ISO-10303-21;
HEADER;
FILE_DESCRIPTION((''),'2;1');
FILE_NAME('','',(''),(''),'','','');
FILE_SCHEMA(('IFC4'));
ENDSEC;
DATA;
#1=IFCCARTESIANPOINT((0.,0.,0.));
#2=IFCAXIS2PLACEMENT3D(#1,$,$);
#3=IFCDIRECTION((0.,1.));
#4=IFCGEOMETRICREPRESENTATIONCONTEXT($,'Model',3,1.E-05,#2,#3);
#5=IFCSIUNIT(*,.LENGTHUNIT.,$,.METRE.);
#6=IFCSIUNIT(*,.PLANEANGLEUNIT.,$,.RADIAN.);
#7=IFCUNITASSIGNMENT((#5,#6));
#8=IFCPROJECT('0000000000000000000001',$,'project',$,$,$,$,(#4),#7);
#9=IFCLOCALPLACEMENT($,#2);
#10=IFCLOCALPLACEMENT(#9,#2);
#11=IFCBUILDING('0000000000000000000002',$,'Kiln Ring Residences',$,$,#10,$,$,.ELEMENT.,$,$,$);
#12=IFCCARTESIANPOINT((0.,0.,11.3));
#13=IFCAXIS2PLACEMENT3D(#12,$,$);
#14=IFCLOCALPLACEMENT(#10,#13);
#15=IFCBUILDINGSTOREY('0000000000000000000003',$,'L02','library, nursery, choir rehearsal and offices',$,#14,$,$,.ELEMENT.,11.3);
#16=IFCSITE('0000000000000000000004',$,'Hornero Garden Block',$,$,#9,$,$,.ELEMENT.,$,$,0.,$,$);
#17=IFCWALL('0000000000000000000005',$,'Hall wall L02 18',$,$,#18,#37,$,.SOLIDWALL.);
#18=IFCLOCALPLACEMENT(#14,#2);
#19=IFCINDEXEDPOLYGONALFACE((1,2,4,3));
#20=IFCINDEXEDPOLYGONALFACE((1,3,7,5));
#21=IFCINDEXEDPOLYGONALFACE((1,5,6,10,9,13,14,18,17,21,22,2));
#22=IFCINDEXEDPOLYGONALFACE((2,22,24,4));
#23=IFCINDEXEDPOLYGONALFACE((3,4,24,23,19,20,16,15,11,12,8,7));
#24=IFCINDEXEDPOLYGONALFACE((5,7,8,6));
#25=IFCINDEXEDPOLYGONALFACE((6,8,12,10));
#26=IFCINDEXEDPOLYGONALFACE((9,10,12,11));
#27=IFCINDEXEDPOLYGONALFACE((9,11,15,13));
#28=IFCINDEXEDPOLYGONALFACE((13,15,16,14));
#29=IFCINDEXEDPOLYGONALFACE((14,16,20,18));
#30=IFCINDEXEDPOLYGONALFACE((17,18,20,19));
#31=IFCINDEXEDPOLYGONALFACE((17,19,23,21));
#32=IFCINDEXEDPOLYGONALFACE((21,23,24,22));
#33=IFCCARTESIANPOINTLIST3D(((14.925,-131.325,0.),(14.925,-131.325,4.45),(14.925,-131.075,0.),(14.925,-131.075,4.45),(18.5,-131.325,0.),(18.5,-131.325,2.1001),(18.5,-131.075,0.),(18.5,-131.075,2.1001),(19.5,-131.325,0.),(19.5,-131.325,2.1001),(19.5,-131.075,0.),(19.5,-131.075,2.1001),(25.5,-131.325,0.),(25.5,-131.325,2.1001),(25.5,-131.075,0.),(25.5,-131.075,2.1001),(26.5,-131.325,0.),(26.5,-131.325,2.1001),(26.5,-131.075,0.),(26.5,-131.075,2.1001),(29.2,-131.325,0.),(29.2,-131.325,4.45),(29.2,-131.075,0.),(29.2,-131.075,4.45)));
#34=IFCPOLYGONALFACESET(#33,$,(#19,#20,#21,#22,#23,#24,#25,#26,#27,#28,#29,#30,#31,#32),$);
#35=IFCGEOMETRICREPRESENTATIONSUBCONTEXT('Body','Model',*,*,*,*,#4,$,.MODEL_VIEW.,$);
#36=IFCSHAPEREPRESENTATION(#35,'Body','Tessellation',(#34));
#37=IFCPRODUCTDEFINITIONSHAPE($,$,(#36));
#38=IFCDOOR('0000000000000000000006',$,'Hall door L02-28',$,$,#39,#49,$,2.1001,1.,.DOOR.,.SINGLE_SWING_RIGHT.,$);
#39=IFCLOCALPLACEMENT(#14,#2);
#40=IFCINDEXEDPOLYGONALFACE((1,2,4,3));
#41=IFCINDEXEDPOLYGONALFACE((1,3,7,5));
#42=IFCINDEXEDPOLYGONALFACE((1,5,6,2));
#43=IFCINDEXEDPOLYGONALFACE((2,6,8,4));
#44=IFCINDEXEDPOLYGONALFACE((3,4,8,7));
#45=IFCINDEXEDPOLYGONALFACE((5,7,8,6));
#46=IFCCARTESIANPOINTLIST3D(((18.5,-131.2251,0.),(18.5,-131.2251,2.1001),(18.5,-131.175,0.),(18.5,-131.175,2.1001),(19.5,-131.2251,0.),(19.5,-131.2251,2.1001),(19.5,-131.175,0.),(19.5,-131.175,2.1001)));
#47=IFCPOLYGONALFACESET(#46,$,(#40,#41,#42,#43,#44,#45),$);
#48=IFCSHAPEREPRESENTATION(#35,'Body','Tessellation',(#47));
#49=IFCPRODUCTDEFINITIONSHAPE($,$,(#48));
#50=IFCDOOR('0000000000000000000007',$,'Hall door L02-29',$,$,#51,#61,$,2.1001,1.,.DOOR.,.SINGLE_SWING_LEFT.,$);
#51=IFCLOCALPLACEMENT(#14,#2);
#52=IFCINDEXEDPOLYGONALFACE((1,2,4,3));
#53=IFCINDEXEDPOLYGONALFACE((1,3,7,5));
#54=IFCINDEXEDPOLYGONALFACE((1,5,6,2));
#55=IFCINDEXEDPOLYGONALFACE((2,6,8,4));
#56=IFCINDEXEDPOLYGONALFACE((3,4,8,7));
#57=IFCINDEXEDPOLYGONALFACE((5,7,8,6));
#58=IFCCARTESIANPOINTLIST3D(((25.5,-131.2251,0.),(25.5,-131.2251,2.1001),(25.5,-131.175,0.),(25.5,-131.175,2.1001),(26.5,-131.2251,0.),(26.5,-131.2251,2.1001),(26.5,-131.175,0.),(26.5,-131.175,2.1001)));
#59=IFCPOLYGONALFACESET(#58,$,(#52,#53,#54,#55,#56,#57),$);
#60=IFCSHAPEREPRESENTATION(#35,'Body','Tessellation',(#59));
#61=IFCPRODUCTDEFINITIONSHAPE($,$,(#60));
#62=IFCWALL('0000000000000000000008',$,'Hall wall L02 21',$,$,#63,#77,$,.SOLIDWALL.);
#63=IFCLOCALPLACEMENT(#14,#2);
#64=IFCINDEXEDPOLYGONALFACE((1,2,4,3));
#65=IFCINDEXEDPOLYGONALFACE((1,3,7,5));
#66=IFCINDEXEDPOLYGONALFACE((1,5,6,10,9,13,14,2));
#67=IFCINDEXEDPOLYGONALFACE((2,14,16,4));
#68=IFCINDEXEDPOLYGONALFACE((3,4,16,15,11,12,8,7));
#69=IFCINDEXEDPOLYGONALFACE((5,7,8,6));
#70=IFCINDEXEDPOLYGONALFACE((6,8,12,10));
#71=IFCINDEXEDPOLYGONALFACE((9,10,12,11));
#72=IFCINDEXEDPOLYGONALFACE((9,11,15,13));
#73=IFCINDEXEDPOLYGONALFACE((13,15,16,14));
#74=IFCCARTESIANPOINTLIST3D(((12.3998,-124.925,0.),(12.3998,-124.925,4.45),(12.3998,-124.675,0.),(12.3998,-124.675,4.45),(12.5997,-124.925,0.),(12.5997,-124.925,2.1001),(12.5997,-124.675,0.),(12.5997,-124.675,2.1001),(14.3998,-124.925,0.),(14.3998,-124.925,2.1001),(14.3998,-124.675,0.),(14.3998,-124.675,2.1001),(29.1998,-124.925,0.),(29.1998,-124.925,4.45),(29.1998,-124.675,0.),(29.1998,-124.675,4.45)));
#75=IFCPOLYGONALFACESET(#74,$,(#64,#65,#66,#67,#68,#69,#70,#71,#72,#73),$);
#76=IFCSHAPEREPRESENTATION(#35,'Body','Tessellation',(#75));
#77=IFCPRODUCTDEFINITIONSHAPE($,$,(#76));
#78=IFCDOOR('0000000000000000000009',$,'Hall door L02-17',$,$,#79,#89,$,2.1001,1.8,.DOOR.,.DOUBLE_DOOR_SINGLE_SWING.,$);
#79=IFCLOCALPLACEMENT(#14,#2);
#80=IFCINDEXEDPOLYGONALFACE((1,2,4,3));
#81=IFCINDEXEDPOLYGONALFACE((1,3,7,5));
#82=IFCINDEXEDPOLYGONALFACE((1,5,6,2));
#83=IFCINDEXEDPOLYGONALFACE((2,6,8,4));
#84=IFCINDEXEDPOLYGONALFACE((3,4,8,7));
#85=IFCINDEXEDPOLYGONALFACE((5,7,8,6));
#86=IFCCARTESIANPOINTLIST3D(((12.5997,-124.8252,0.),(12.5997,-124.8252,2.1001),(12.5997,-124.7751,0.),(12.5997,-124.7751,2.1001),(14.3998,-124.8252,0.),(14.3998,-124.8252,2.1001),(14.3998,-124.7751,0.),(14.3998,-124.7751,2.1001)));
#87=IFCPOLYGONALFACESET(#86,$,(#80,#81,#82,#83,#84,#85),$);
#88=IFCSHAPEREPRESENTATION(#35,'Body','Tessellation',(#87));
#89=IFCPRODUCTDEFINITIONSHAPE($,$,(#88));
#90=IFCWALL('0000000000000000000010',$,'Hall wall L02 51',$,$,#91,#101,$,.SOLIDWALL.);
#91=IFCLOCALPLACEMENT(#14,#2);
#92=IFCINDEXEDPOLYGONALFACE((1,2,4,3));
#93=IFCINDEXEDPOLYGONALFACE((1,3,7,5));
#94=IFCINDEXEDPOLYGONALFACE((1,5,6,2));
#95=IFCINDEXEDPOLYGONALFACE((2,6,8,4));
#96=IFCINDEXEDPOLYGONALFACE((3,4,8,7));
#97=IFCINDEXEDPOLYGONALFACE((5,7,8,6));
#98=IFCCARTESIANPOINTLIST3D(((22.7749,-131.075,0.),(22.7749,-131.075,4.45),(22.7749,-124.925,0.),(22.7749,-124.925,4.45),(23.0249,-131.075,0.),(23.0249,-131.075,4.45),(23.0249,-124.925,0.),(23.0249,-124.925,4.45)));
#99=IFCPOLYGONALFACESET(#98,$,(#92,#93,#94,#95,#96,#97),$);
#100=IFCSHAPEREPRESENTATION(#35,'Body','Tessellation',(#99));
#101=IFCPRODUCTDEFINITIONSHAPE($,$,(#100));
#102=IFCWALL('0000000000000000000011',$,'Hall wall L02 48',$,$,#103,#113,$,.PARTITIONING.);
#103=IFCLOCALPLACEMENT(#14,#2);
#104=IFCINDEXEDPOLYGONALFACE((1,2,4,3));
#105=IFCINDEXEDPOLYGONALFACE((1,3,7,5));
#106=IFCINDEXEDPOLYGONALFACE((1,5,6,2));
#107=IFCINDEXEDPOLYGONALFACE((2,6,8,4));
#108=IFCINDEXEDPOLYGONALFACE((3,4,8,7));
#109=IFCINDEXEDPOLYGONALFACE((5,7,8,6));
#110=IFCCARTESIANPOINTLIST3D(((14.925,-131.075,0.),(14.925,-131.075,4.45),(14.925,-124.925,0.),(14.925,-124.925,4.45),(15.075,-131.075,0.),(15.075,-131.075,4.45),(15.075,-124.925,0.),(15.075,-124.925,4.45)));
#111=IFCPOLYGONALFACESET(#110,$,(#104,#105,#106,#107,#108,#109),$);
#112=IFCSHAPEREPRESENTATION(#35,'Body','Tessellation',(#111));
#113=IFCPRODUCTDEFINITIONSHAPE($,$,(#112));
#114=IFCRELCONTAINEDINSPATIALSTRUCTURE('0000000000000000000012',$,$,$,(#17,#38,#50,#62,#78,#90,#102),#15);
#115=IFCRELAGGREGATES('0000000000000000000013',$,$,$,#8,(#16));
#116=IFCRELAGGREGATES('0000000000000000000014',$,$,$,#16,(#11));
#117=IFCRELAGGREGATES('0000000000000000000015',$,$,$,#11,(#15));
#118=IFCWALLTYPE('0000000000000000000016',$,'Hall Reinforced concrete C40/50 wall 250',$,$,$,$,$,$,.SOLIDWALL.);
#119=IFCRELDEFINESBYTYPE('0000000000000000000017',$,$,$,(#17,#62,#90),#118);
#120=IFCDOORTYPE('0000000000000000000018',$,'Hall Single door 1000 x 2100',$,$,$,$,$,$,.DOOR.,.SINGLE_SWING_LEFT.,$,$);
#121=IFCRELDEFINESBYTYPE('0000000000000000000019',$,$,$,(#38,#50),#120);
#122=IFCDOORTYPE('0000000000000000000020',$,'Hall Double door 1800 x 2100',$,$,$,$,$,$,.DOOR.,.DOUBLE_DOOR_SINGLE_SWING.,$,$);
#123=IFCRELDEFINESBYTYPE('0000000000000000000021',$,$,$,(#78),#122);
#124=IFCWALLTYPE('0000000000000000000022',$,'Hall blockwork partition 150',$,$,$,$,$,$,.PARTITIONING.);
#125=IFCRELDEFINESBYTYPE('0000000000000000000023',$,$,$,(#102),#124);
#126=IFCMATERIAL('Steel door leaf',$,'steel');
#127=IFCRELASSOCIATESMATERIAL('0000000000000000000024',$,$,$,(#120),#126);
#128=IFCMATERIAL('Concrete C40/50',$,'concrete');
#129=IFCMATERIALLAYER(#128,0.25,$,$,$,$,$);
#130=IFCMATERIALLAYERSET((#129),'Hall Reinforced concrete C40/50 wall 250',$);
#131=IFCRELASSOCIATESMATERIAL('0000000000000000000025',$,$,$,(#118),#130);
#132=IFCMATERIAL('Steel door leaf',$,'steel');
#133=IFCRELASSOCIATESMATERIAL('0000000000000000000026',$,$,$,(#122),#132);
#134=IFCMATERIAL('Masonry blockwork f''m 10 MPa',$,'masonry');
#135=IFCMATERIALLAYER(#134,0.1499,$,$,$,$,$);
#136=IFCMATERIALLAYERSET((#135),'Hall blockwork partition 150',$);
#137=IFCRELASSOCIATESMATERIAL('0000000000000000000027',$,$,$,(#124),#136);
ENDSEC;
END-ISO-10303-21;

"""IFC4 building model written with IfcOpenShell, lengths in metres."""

from ifc_helpers import new_model, si_unit, direction, frame, frame_2d, origin, place, context, subcontext, project, spatial, rectangle, extrude, material, layer, layer_set, type_object, element, fill, save


model = new_model("IFC4")

# Units and contexts
model_context = context("Model", 3, precision=1e-05, world=origin(), true_north=direction((0.0, 1.0)))
body_context = subcontext(model_context, "Body", "Model", "MODEL_VIEW")
ifc_project = project(units=[si_unit("LENGTHUNIT", "METRE"), si_unit("PLANEANGLEUNIT", "RADIAN")], contexts=[model_context])

# Site, building, storey
site_placement = place(None, origin())
site = spatial("IfcSite", under=ifc_project, at=site_placement, Name="Hornero Garden Block", CompositionType="ELEMENT", RefElevation=0.0)
building_placement = place(site_placement, origin())
building = spatial("IfcBuilding", under=site, at=building_placement, Name="Kiln Ring Residences", CompositionType="ELEMENT")
storey_placement = place(building_placement, frame((0.0, 0.0, 11.3)))
storey = spatial("IfcBuildingStorey", under=building, at=storey_placement, Name="L02", Description="library, nursery, choir rehearsal and offices", CompositionType="ELEMENT", Elevation=11.3)

# Shared definitions
ifc_material_1 = material(Name="Steel door leaf", Category="steel")
door_type_1 = type_object("IfcDoorType", Name="Hall Single door 1000 x 2100", OperationType="SINGLE_SWING_LEFT", PredefinedType="DOOR", material=ifc_material_1)

# Wall, openings, doors
ifc_material_2 = material(Name="Concrete C40/50", Category="concrete")
ifc_layer_1 = layer(ifc_material_2, 0.25)
ifc_layer_set_1 = layer_set([ifc_layer_1], Name="Hall Reinforced concrete C40/50 wall 250")
wall_type_1 = type_object("IfcWallType", Name="Hall Reinforced concrete C40/50 wall 250", PredefinedType="SOLIDWALL", material=ifc_layer_set_1)
wall_1_placement = place(storey_placement, frame((14.925, -131.2, 0.0), z_axis=(0.0, 0.0, 1.0), x_axis=(1.0, 0.0, 0.0)))
wall_1 = element("IfcWall", 1, at=wall_1_placement, inside=storey, type_object=wall_type_1, Name="Hall wall L02 18", PredefinedType="SOLIDWALL", context=body_context, shape_type="SweptSolid", body=[
    extrude(rectangle(XDim=14.2749, YDim=0.25, at=frame_2d((7.1375, 0.0))), origin(), (0.0, 0.0, 1.0), 4.45),
])
opening_1_placement = place(wall_1_placement, frame((3.575, 0.0, 0.0)))
opening_1 = element("IfcOpeningElement", 2, at=opening_1_placement, cuts=wall_1, PredefinedType="OPENING", context=body_context, shape_type="SweptSolid", body=[
    extrude(rectangle(XDim=1.0, YDim=2.1001, at=frame_2d((0.5, 1.05))), frame((0.0, 0.135, 0.0), z_axis=(0.0, -1.0, 0.0), x_axis=(1.0, 0.0, 0.0)), (0.0, 0.0, 1.0), 0.27),
])
opening_2_placement = place(wall_1_placement, frame((10.575, 0.0, 0.0)))
opening_2 = element("IfcOpeningElement", 3, at=opening_2_placement, cuts=wall_1, PredefinedType="OPENING", context=body_context, shape_type="SweptSolid", body=[
    extrude(rectangle(XDim=1.0, YDim=2.1001, at=frame_2d((0.5, 1.05))), frame((0.0, 0.135, 0.0), z_axis=(0.0, -1.0, 0.0), x_axis=(1.0, 0.0, 0.0)), (0.0, 0.0, 1.0), 0.27),
])
door_1_placement = place(opening_1_placement, origin())
door_1 = element("IfcDoor", 4, at=door_1_placement, inside=storey, type_object=door_type_1, Name="Hall door L02-28", OperationType="SINGLE_SWING_RIGHT", OverallHeight=2.1001, OverallWidth=1.0, PredefinedType="DOOR", context=body_context, shape_type="SweptSolid", body=[
    extrude(rectangle(XDim=1.0, YDim=2.1001, at=frame_2d((0.5, 1.05))), frame((0.0, 0.0249, 0.0), z_axis=(0.0, -1.0, 0.0), x_axis=(1.0, 0.0, 0.0)), (0.0, 0.0, 1.0), 0.05),
])
fill(opening_1, door_1)
door_2_placement = place(opening_2_placement, origin())
door_2 = element("IfcDoor", 5, at=door_2_placement, inside=storey, type_object=door_type_1, Name="Hall door L02-29", OperationType="SINGLE_SWING_LEFT", OverallHeight=2.1001, OverallWidth=1.0, PredefinedType="DOOR", context=body_context, shape_type="SweptSolid", body=[
    extrude(rectangle(XDim=1.0, YDim=2.1001, at=frame_2d((0.5, 1.05))), frame((0.0, 0.0249, 0.0), z_axis=(0.0, -1.0, 0.0), x_axis=(1.0, 0.0, 0.0)), (0.0, 0.0, 1.0), 0.05),
])
fill(opening_2, door_2)

# Wall, opening, door
wall_2_placement = place(storey_placement, frame((12.3999, -124.8, 0.0), z_axis=(0.0, 0.0, 1.0), x_axis=(1.0, 0.0, 0.0)))
wall_2 = element("IfcWall", 6, at=wall_2_placement, inside=storey, type_object=wall_type_1, Name="Hall wall L02 21", PredefinedType="SOLIDWALL", context=body_context, shape_type="SweptSolid", body=[
    extrude(rectangle(XDim=16.8, YDim=0.25, at=frame_2d((8.3999, 0.0))), origin(), (0.0, 0.0, 1.0), 4.45),
])
opening_3_placement = place(wall_2_placement, frame((0.2, 0.0, 0.0)))
opening_3 = element("IfcOpeningElement", 7, at=opening_3_placement, cuts=wall_2, PredefinedType="OPENING", context=body_context, shape_type="SweptSolid", body=[
    extrude(rectangle(XDim=1.8, YDim=2.1001, at=frame_2d((0.8999, 1.05))), frame((0.0, 0.135, 0.0), z_axis=(0.0, -1.0, 0.0), x_axis=(1.0, 0.0, 0.0)), (0.0, 0.0, 1.0), 0.27),
])
ifc_material_3 = material(Name="Steel door leaf", Category="steel")
door_type_2 = type_object("IfcDoorType", Name="Hall Double door 1800 x 2100", OperationType="DOUBLE_DOOR_SINGLE_SWING", PredefinedType="DOOR", material=ifc_material_3)
door_3_placement = place(opening_3_placement, origin())
door_3 = element("IfcDoor", 8, at=door_3_placement, inside=storey, type_object=door_type_2, Name="Hall door L02-17", OperationType="DOUBLE_DOOR_SINGLE_SWING", OverallHeight=2.1001, OverallWidth=1.8, PredefinedType="DOOR", context=body_context, shape_type="SweptSolid", body=[
    extrude(rectangle(XDim=1.8, YDim=2.1001, at=frame_2d((0.8999, 1.05))), frame((0.0, 0.0249, 0.0), z_axis=(0.0, -1.0, 0.0), x_axis=(1.0, 0.0, 0.0)), (0.0, 0.0, 1.0), 0.05),
])
fill(opening_3, door_3)

# Walls
wall_3_placement = place(storey_placement, frame((22.8999, -131.075, 0.0), z_axis=(0.0, 0.0, 1.0), x_axis=(0.0, 1.0, 0.0)))
element("IfcWall", 9, at=wall_3_placement, inside=storey, type_object=wall_type_1, Name="Hall wall L02 51", PredefinedType="SOLIDWALL", context=body_context, shape_type="SweptSolid", body=[
    extrude(rectangle(XDim=6.1499, YDim=0.25, at=frame_2d((3.075, 0.0))), origin(), (0.0, 0.0, 1.0), 4.45),
])
ifc_material_4 = material(Name="Masonry blockwork f'm 10 MPa", Category="masonry")
ifc_layer_2 = layer(ifc_material_4, 0.1499)
ifc_layer_set_2 = layer_set([ifc_layer_2], Name="Hall blockwork partition 150")
wall_type_2 = type_object("IfcWallType", Name="Hall blockwork partition 150", PredefinedType="PARTITIONING", material=ifc_layer_set_2)
wall_4_placement = place(storey_placement, frame((15.0, -131.075, 0.0), z_axis=(0.0, 0.0, 1.0), x_axis=(0.0, 1.0, 0.0)))
element("IfcWall", 10, at=wall_4_placement, inside=storey, type_object=wall_type_2, Name="Hall wall L02 48", PredefinedType="PARTITIONING", context=body_context, shape_type="SweptSolid", body=[
    extrude(rectangle(XDim=6.1499, YDim=0.1499, at=frame_2d((3.075, 0.0))), origin(), (0.0, 0.0, 1.0), 4.45),
])

save(model, "model.ifc")
